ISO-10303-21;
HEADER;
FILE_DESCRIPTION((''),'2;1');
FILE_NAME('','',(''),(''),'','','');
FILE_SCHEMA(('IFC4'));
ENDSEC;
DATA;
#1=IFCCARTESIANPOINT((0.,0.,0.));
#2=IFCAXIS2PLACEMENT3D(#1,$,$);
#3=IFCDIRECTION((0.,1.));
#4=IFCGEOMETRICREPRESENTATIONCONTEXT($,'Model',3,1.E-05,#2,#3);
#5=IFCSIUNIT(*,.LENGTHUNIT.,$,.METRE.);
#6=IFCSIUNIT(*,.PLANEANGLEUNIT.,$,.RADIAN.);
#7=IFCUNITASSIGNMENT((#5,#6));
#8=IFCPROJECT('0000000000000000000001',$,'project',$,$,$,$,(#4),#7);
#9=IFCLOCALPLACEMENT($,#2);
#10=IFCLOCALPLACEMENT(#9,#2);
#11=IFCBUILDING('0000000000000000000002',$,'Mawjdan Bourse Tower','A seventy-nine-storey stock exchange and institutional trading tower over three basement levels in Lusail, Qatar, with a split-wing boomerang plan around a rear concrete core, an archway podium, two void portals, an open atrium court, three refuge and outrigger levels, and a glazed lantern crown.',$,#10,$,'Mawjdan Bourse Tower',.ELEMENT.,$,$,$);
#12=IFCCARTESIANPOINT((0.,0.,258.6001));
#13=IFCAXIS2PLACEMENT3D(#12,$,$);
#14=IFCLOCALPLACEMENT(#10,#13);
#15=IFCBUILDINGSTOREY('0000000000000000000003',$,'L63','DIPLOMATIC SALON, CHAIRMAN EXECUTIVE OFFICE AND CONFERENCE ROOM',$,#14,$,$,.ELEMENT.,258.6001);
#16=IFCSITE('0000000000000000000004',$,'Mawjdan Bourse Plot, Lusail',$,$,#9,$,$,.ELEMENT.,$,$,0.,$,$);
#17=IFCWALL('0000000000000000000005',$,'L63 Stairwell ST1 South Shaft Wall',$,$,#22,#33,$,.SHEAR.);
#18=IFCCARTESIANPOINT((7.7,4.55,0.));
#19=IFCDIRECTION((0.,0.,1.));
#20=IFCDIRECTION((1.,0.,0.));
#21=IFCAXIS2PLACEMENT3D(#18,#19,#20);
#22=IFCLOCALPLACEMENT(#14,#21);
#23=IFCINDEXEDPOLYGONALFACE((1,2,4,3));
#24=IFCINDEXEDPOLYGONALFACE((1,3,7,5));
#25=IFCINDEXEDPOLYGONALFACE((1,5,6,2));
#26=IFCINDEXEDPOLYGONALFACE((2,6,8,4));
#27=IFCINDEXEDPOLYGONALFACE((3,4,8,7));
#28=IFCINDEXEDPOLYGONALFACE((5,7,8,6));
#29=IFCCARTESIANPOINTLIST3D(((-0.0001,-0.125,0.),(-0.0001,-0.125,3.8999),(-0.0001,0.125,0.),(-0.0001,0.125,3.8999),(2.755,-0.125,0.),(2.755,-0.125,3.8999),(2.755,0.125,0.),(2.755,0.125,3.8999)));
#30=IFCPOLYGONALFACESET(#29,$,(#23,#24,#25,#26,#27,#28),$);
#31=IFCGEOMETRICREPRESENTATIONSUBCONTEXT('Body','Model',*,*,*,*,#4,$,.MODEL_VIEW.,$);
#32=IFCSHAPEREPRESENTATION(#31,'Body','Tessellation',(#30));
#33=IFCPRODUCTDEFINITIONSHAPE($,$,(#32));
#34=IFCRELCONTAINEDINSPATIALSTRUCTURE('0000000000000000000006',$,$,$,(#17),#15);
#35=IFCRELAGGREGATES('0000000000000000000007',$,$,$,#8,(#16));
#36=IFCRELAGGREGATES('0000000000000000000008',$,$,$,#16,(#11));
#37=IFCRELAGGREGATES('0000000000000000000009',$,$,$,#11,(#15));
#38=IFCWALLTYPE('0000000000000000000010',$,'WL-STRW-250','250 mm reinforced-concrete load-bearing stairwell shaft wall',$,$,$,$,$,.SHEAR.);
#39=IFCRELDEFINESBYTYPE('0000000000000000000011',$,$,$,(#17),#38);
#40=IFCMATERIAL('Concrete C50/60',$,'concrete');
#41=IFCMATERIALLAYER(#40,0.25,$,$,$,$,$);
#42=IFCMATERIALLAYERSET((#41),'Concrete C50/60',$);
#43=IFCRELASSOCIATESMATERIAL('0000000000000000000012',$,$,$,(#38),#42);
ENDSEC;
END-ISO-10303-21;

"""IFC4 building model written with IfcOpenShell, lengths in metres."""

from ifc_helpers import new_model, si_unit, direction, frame, frame_2d, origin, place, context, subcontext, project, spatial, rectangle, extrude, material, layer, layer_set, type_object, element, save


model = new_model("IFC4")

# Units and contexts
model_context = context("Model", 3, precision=1e-05, world=origin(), true_north=direction((0.0, 1.0)))
body_context = subcontext(model_context, "Body", "Model", "MODEL_VIEW")
ifc_project = project(units=[si_unit("LENGTHUNIT", "METRE"), si_unit("PLANEANGLEUNIT", "RADIAN")], contexts=[model_context])

# Site, building, storey
site_placement = place(None, origin())
site = spatial("IfcSite", under=ifc_project, at=site_placement, Name="Mawjdan Bourse Plot, Lusail", CompositionType="ELEMENT", RefElevation=0.0)
building_placement = place(site_placement, origin())
building = spatial("IfcBuilding", under=site, at=building_placement, Name="Mawjdan Bourse Tower", Description="A seventy-nine-storey stock exchange and institutional trading tower over three basement levels in Lusail, Qatar, with a split-wing boomerang plan around a rear concrete core, an archway podium, two void portals, an open atrium court, three refuge and outrigger levels, and a glazed lantern crown.", LongName="Mawjdan Bourse Tower", CompositionType="ELEMENT")
storey_placement = place(building_placement, frame((0.0, 0.0, 258.6001)))
storey = spatial("IfcBuildingStorey", under=building, at=storey_placement, Name="L63", Description="DIPLOMATIC SALON, CHAIRMAN EXECUTIVE OFFICE AND CONFERENCE ROOM", CompositionType="ELEMENT", Elevation=258.6001)

# Shared definitions
ifc_material_1 = material(Name="Concrete C50/60", Category="concrete")

# Wall
ifc_layer_1 = layer(ifc_material_1, 0.25)
ifc_layer_set_1 = layer_set([ifc_layer_1], Name="Concrete C50/60")
wall_type_1 = type_object("IfcWallType", Name="WL-STRW-250", Description="250 mm reinforced-concrete load-bearing stairwell shaft wall", PredefinedType="SHEAR", material=ifc_layer_set_1)
wall_1_placement = place(storey_placement, frame((7.7, 4.55, 0.0), z_axis=(0.0, 0.0, 1.0), x_axis=(1.0, 0.0, 0.0)))
element("IfcWall", 1, at=wall_1_placement, inside=storey, type_object=wall_type_1, Name="L63 Stairwell ST1 South Shaft Wall", PredefinedType="SHEAR", context=body_context, shape_type="SweptSolid", body=[
    extrude(rectangle(XDim=2.7551, YDim=0.25, at=frame_2d((1.3774, 0.0))), origin(), (0.0, 0.0, 1.0), 3.8999),
])

save(model, "model.ifc")
